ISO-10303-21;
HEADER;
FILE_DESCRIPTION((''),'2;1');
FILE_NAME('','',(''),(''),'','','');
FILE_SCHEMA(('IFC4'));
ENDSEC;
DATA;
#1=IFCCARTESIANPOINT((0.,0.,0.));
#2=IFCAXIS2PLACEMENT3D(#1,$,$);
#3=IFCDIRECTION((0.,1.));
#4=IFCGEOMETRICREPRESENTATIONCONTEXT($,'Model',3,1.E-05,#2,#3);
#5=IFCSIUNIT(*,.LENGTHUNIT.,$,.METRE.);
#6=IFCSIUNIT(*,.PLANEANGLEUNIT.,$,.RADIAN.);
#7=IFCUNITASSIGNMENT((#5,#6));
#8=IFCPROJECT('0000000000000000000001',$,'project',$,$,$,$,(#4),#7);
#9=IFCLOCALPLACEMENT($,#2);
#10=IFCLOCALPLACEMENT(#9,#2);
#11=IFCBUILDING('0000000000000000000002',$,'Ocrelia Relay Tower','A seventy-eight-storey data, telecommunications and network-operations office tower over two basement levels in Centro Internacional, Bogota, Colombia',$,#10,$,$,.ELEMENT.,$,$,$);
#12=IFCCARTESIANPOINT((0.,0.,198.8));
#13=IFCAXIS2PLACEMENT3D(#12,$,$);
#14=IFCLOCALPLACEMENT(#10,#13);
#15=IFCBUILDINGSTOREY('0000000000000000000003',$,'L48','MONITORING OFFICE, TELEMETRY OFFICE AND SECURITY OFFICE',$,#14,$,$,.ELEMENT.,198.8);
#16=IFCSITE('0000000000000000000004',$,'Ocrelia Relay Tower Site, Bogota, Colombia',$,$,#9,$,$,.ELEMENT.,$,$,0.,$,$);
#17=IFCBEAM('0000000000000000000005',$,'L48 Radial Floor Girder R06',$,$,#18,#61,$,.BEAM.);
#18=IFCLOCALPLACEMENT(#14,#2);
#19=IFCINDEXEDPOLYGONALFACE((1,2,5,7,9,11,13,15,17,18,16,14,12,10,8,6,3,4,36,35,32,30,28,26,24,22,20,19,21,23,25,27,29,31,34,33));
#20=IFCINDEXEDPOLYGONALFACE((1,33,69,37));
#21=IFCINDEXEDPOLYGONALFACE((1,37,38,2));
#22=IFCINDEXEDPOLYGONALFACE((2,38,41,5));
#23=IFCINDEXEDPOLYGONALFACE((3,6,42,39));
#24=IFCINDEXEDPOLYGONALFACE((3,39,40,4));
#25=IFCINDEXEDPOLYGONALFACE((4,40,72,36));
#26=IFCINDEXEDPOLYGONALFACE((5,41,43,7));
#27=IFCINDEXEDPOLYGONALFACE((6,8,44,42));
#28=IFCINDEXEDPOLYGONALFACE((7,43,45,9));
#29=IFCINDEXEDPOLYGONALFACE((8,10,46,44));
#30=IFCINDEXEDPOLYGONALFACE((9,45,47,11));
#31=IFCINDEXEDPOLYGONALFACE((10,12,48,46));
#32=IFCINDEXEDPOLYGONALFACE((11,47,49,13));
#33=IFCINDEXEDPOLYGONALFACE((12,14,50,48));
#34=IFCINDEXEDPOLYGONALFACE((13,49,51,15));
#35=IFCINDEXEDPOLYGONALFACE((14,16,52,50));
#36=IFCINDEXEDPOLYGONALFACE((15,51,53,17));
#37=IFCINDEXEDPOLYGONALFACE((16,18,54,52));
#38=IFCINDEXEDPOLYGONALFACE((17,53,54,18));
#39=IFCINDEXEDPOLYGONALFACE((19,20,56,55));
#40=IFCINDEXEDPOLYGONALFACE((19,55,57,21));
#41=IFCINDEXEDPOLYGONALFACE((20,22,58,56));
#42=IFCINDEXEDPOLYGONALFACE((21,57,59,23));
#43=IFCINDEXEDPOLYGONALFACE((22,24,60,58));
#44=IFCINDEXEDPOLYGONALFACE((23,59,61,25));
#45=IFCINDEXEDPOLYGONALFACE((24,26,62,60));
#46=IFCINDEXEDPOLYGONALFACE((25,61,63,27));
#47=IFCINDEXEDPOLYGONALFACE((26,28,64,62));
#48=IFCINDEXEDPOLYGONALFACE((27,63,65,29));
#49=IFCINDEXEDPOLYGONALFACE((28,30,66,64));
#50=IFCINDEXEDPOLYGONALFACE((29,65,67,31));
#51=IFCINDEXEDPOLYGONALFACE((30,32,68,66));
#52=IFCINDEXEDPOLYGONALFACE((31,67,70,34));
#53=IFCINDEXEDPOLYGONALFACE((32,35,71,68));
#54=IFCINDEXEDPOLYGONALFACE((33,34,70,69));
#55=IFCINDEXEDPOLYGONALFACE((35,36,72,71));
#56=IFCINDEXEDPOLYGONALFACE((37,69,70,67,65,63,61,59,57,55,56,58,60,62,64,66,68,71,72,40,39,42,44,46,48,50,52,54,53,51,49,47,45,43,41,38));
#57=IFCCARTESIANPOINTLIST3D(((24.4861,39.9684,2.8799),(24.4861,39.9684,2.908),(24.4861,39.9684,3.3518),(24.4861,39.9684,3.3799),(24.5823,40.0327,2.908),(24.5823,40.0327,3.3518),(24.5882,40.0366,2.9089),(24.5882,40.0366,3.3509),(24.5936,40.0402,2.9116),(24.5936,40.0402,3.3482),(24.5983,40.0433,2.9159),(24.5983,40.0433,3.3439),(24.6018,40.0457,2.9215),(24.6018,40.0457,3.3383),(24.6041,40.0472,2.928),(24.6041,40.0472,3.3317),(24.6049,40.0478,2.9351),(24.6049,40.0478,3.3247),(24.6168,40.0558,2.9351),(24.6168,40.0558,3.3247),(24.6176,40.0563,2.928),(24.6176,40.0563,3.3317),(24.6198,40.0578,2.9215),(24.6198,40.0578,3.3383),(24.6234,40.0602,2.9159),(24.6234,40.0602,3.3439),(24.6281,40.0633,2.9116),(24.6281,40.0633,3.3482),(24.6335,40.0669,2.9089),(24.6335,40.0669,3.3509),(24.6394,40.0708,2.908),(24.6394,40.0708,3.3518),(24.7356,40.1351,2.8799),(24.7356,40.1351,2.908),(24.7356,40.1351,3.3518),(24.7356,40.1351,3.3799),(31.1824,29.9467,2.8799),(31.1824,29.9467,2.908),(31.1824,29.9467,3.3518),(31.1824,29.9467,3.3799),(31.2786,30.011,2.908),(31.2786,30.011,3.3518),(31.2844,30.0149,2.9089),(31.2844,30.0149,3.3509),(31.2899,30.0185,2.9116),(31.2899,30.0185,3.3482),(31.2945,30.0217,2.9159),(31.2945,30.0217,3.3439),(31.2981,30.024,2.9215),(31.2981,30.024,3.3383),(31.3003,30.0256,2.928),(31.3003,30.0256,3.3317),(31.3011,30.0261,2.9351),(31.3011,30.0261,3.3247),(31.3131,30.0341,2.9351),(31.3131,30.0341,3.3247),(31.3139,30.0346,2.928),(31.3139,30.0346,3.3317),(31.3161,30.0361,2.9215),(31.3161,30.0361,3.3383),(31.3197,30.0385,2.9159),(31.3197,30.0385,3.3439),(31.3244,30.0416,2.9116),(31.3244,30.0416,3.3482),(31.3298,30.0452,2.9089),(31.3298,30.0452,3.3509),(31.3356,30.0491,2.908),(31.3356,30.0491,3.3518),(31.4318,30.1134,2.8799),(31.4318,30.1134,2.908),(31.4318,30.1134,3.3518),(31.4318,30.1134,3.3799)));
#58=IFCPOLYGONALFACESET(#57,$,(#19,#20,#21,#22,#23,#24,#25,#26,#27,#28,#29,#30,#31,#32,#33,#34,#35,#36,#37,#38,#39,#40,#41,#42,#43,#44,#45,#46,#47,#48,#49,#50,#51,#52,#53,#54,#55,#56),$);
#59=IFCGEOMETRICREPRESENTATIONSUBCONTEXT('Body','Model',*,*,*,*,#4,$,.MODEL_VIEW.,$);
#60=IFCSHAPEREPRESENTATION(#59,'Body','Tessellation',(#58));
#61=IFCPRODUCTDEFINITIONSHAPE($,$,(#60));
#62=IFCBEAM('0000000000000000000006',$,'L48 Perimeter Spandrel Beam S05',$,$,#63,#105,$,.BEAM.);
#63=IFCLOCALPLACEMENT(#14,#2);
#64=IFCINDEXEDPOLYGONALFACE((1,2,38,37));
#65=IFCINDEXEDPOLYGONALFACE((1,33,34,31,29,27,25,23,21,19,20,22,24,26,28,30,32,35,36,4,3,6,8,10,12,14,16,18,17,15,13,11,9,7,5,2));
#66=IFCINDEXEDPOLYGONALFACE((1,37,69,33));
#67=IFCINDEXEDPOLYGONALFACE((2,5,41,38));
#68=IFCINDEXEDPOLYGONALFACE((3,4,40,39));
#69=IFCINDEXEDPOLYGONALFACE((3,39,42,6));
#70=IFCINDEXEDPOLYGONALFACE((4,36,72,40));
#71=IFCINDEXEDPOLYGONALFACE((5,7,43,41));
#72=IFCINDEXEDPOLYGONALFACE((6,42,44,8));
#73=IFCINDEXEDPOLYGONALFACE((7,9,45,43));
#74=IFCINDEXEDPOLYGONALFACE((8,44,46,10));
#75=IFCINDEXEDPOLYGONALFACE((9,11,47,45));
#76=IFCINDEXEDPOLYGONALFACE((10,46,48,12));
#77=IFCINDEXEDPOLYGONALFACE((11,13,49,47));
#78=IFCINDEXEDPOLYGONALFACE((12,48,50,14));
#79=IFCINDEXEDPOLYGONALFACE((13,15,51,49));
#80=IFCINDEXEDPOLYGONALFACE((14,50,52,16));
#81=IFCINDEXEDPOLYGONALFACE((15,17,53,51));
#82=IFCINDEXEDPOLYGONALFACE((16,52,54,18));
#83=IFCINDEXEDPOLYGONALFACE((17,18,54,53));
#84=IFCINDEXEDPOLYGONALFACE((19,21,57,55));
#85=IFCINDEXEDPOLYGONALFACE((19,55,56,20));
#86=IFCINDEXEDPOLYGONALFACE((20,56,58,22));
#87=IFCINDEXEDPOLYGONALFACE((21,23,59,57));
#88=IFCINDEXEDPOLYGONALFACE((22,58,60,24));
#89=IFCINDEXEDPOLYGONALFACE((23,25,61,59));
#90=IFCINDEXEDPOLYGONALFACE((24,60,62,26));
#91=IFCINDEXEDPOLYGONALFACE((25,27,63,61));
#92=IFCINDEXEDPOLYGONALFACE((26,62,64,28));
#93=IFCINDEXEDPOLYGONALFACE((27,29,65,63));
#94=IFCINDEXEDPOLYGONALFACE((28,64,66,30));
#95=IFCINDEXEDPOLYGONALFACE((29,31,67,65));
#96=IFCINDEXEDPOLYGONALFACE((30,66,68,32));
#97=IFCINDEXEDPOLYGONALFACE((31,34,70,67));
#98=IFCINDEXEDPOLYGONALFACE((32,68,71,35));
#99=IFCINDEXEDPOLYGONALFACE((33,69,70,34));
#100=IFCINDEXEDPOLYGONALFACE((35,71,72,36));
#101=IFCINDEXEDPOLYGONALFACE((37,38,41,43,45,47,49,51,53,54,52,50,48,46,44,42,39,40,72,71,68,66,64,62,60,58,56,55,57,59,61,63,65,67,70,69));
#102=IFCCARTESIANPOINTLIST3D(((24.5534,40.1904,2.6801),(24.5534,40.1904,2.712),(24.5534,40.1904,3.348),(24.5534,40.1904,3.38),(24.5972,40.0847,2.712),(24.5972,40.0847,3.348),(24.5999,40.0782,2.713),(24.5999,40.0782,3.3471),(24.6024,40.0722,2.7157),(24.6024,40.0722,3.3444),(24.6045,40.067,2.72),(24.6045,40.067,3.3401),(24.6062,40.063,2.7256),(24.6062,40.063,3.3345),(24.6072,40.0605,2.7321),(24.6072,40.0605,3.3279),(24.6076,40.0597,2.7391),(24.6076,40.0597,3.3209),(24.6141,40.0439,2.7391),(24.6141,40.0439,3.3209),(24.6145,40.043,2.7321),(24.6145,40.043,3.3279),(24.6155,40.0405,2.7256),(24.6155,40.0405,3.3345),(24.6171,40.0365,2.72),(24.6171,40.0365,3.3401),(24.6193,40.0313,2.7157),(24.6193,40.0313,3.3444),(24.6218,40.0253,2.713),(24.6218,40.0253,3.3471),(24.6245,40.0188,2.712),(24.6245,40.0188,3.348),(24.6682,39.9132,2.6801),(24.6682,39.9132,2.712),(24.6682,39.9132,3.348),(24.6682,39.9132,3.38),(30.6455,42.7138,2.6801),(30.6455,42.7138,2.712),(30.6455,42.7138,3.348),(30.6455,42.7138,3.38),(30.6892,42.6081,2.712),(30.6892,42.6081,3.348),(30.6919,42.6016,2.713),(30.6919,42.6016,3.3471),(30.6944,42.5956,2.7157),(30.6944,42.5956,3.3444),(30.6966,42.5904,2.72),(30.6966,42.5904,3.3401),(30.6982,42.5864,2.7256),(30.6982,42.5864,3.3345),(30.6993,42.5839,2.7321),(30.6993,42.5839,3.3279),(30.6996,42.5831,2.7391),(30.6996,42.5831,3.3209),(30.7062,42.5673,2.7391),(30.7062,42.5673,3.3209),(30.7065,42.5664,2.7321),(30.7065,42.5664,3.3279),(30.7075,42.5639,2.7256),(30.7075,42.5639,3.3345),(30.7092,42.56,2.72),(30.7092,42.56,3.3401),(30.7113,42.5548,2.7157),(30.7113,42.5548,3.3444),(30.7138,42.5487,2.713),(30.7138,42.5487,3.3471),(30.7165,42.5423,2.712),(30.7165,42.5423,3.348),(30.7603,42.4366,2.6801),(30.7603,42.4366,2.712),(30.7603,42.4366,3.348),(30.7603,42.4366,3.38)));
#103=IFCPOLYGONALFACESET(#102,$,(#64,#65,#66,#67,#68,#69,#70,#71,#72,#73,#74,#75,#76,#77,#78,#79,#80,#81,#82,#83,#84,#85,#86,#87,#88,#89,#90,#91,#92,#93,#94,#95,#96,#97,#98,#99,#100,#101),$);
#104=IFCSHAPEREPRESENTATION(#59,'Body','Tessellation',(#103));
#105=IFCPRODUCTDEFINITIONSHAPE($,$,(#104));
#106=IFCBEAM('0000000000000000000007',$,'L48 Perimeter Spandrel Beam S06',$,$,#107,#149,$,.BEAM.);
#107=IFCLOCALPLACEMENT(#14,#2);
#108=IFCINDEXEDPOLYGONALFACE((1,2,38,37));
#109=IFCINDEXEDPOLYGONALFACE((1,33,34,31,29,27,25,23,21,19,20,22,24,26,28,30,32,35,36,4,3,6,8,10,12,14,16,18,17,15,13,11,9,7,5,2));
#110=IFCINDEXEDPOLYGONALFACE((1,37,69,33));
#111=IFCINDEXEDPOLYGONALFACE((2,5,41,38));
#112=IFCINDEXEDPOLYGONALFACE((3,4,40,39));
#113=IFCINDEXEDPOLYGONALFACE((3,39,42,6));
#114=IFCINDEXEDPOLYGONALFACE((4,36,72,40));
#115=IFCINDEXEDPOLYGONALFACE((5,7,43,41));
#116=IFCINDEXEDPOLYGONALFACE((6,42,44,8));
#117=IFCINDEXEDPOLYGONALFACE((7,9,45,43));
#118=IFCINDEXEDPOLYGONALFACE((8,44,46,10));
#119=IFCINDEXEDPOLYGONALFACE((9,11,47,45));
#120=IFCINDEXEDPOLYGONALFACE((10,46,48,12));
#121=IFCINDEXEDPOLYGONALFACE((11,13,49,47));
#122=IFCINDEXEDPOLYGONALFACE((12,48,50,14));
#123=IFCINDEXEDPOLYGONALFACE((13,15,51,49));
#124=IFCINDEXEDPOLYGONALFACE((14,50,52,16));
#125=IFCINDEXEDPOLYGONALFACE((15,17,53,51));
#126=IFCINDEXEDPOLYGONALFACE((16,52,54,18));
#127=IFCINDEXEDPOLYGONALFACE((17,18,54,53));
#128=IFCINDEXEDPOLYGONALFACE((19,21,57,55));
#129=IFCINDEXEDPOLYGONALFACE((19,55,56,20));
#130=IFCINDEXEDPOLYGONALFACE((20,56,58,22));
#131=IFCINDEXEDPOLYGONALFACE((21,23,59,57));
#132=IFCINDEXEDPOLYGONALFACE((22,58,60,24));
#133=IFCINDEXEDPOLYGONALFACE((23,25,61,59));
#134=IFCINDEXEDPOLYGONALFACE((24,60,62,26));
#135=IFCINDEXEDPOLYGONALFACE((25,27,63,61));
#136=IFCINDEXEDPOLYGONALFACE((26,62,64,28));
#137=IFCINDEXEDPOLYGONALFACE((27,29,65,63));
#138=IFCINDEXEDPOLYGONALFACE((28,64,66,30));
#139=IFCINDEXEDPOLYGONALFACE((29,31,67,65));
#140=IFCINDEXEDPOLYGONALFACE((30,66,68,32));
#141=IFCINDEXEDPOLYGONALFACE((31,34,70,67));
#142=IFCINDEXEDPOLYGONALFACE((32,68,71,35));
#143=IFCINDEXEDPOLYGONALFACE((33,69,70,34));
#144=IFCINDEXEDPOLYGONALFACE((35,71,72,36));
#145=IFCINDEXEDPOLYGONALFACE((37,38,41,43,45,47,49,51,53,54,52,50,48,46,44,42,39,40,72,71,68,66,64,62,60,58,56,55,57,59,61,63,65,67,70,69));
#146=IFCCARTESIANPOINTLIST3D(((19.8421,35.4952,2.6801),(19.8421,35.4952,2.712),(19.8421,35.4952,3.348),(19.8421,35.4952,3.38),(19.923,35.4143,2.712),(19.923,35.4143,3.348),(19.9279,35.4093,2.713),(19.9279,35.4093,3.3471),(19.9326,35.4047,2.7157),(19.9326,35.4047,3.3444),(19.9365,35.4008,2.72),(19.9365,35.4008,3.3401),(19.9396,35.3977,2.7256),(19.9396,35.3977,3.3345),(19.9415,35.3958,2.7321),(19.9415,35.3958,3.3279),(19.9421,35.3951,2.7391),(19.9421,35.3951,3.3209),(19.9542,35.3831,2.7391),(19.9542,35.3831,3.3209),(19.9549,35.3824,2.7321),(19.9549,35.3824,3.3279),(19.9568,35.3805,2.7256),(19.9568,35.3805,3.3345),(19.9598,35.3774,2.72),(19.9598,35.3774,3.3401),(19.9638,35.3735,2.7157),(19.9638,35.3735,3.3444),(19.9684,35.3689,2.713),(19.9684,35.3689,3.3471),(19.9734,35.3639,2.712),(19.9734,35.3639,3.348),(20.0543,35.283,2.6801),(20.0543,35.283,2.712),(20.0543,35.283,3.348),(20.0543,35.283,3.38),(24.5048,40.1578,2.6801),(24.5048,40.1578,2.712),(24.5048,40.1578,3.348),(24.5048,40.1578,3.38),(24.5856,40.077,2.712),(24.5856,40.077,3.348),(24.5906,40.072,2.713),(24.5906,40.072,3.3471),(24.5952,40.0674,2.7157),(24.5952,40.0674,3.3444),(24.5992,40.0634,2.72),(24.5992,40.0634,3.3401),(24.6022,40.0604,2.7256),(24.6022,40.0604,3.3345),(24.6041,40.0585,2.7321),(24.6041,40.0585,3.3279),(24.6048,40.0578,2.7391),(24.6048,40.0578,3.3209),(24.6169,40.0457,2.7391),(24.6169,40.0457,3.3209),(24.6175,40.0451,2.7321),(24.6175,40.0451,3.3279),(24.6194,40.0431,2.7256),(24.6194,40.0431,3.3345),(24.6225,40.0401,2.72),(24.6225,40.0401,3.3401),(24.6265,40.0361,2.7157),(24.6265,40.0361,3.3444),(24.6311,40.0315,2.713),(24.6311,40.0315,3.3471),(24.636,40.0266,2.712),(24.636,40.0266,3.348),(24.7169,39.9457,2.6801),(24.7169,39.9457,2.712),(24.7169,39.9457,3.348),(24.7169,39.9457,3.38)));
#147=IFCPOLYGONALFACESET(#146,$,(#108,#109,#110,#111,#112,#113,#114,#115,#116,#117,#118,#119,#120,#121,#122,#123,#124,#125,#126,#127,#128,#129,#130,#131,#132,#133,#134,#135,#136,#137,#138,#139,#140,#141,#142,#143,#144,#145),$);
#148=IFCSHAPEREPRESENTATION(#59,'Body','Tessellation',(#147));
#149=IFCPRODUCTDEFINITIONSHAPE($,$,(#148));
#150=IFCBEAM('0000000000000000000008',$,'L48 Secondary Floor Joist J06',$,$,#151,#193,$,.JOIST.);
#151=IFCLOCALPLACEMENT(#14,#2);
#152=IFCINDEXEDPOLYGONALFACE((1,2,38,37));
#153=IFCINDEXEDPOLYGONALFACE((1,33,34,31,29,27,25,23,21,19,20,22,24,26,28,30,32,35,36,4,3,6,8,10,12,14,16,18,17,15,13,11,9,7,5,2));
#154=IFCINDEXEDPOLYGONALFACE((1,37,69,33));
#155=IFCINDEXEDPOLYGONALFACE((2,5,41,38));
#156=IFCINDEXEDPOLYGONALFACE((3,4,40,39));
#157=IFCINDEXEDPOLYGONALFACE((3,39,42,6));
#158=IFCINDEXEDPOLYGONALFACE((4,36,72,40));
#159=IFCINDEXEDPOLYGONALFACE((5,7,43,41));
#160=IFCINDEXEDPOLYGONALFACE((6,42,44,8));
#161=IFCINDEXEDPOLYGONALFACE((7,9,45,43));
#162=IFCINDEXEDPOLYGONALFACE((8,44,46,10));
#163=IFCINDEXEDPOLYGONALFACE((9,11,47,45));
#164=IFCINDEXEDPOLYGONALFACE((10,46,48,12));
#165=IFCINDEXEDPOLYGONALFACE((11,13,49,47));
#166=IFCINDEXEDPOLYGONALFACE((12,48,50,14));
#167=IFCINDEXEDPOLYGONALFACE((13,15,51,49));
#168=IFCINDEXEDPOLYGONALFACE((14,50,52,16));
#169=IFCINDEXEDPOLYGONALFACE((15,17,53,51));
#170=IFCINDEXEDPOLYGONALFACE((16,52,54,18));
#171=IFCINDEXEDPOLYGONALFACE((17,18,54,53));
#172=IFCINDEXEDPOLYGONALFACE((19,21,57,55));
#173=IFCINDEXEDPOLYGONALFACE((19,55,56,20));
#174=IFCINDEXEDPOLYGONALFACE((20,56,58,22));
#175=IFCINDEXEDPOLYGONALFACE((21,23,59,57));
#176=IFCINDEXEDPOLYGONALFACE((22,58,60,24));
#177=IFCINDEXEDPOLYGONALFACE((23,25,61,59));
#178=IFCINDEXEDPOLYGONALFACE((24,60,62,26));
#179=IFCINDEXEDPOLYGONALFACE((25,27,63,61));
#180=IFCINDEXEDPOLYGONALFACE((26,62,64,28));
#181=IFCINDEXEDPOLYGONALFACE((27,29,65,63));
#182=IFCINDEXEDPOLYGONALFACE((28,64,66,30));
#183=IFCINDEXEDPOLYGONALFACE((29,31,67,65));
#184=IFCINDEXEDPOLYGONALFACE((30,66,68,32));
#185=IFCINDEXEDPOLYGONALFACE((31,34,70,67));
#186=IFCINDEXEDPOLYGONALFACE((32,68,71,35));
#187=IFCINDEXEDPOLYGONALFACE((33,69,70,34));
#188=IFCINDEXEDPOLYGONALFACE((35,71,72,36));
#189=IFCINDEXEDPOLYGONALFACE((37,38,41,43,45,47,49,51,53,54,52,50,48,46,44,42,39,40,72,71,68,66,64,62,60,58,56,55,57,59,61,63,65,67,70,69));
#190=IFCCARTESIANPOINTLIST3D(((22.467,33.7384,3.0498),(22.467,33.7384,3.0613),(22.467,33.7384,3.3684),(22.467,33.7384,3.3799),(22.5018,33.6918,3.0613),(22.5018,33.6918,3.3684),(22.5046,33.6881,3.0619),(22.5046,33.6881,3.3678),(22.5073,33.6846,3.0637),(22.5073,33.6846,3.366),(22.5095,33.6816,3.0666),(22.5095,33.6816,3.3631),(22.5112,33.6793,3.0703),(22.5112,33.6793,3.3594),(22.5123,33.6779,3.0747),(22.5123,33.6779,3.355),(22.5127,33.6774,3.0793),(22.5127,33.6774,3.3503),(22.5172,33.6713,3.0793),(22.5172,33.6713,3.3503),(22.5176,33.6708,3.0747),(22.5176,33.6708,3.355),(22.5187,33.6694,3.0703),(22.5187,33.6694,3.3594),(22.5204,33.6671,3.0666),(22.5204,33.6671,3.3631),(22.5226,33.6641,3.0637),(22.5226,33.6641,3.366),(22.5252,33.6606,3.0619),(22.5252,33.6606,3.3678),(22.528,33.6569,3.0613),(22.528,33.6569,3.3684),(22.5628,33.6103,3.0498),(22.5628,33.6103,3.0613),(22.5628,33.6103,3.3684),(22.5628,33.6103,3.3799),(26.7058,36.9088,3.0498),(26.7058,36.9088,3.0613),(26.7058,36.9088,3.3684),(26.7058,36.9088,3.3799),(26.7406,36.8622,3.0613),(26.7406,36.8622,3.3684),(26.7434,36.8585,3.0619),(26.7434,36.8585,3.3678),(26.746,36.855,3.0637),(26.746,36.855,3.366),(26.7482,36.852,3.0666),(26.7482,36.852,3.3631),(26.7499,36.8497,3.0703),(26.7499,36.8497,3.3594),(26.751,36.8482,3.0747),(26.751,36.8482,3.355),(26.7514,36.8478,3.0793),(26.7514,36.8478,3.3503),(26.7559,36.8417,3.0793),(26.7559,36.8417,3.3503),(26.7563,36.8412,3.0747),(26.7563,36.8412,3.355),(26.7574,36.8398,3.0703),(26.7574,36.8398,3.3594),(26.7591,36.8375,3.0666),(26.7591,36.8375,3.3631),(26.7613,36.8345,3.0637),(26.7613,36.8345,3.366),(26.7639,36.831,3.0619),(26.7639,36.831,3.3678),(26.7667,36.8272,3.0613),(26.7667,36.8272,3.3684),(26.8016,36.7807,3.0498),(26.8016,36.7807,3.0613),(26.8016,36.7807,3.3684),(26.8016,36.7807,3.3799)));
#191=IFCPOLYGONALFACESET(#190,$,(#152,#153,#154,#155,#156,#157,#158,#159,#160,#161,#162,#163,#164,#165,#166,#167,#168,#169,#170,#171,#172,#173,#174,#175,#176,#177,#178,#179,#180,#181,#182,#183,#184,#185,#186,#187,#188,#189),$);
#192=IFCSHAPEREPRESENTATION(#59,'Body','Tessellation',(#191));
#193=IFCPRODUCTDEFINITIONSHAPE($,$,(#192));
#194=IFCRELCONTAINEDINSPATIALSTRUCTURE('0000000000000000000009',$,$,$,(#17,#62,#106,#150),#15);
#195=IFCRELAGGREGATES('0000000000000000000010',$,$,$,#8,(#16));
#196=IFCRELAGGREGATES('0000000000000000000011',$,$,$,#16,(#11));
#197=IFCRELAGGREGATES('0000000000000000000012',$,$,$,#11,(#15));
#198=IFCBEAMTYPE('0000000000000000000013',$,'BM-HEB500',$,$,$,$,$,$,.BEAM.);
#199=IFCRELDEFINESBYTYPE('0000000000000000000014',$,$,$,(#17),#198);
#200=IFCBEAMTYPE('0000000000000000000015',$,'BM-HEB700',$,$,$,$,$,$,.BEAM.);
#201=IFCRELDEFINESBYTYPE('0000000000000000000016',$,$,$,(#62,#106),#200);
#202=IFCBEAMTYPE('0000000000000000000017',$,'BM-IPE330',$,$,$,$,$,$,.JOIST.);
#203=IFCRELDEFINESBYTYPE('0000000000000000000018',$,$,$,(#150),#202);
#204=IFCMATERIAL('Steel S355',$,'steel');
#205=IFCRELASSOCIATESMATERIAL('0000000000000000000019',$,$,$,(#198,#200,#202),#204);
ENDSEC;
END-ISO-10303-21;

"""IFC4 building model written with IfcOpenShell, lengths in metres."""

from ifc_helpers import new_model, si_unit, direction, frame, origin, origin_2d, place, context, subcontext, project, spatial, i_section, extrude, material, material_profile, profile_set, type_object, element, save


model = new_model("IFC4")

# Units and contexts
model_context = context("Model", 3, precision=1e-05, world=origin(), true_north=direction((0.0, 1.0)))
body_context = subcontext(model_context, "Body", "Model", "MODEL_VIEW")
ifc_project = project(units=[si_unit("LENGTHUNIT", "METRE"), si_unit("PLANEANGLEUNIT", "RADIAN")], contexts=[model_context])

# Site, building, storey
site_placement = place(None, origin())
site = spatial("IfcSite", under=ifc_project, at=site_placement, Name="Ocrelia Relay Tower Site, Bogota, Colombia", CompositionType="ELEMENT", RefElevation=0.0)
building_placement = place(site_placement, origin())
building = spatial("IfcBuilding", under=site, at=building_placement, Name="Ocrelia Relay Tower", Description="A seventy-eight-storey data, telecommunications and network-operations office tower over two basement levels in Centro Internacional, Bogota, Colombia", CompositionType="ELEMENT")
storey_placement = place(building_placement, frame((0.0, 0.0, 198.8)))
storey = spatial("IfcBuildingStorey", under=building, at=storey_placement, Name="L48", Description="MONITORING OFFICE, TELEMETRY OFFICE AND SECURITY OFFICE", CompositionType="ELEMENT", Elevation=198.8)

# Beams
ifc_material_1 = material(Name="Steel S355", Category="steel")
ifc_material_profile_1 = material_profile(ifc_material_1, i_section(OverallWidth=0.3, OverallDepth=0.5, WebThickness=0.0144, FlangeThickness=0.0281, FilletRadius=0.0271, at=origin_2d()), Name="HEB 500")
ifc_profile_set_1 = profile_set([ifc_material_profile_1], Name="Steel S355")
beam_type_1 = type_object("IfcBeamType", Name="BM-HEB500", PredefinedType="BEAM", material=ifc_profile_set_1)
beam_1_placement = place(storey_placement, frame((24.6108, 40.0518, 3.1299), z_axis=(0.555569, -0.83147, 0.0), x_axis=(0.83147, 0.555569, 0.0)))
element("IfcBeam", 1, at=beam_1_placement, inside=storey, type_object=beam_type_1, Name="L48 Radial Floor Girder R06", PredefinedType="BEAM", context=body_context, shape_type="SweptSolid", body=[
    extrude(i_section(OverallWidth=0.3, OverallDepth=0.5, WebThickness=0.0144, FlangeThickness=0.0281, FilletRadius=0.0271, at=origin_2d()), origin(), (0.0, 0.0, 1.0), 12.053),
])
ifc_material_profile_2 = material_profile(ifc_material_1, i_section(OverallWidth=0.3, OverallDepth=0.7, WebThickness=0.0171, FlangeThickness=0.032, FilletRadius=0.0271, at=origin_2d()), Name="HEB 700")
ifc_profile_set_2 = profile_set([ifc_material_profile_2], Name="Steel S355")
beam_type_2 = type_object("IfcBeamType", Name="BM-HEB700", PredefinedType="BEAM", material=ifc_profile_set_2)
for number, where, z_axis, x_axis, name in (
    (2, (30.7029, 42.5752, 3.03), (-0.923878, -0.382688, 0.0), (0.382688, -0.923878, 0.0), "L48 Perimeter Spandrel Beam S05"),
    (3, (24.6108, 40.0518, 3.03), (-0.707107, -0.707107, 0.0), (0.707107, -0.707107, 0.0), "L48 Perimeter Spandrel Beam S06"),
):
    element("IfcBeam", number, at=place(storey_placement, frame(where, z_axis=z_axis, x_axis=x_axis)), inside=storey, type_object=beam_type_2, Name=name, PredefinedType="BEAM", context=body_context, shape_type="SweptSolid", body=[
        extrude(i_section(OverallWidth=0.3, OverallDepth=0.7, WebThickness=0.0171, FlangeThickness=0.032, FilletRadius=0.0271, at=origin_2d()), origin(), (0.0, 0.0, 1.0), 6.594),
    ])
ifc_material_profile_3 = material_profile(ifc_material_1, i_section(OverallWidth=0.1599, OverallDepth=0.3301, WebThickness=0.0076, FlangeThickness=0.0115, FilletRadius=0.0181, at=origin_2d()), Name="IPE 330")
ifc_profile_set_3 = profile_set([ifc_material_profile_3], Name="Steel S355")
beam_type_3 = type_object("IfcBeamType", Name="BM-IPE330", PredefinedType="JOIST", material=ifc_profile_set_3)
beam_2_placement = place(storey_placement, frame((26.7537, 36.8447, 3.2148), z_axis=(-0.800785, -0.598952, 0.0), x_axis=(0.598952, -0.800785, 0.0)))
element("IfcBeam", 4, at=beam_2_placement, inside=storey, type_object=beam_type_3, Name="L48 Secondary Floor Joist J06", PredefinedType="JOIST", context=body_context, shape_type="SweptSolid", body=[
    extrude(i_section(OverallWidth=0.1599, OverallDepth=0.3301, WebThickness=0.0076, FlangeThickness=0.0115, FilletRadius=0.0181, at=origin_2d()), origin(), (0.0, 0.0, 1.0), 5.2932),
])

save(model, "model.ifc")
